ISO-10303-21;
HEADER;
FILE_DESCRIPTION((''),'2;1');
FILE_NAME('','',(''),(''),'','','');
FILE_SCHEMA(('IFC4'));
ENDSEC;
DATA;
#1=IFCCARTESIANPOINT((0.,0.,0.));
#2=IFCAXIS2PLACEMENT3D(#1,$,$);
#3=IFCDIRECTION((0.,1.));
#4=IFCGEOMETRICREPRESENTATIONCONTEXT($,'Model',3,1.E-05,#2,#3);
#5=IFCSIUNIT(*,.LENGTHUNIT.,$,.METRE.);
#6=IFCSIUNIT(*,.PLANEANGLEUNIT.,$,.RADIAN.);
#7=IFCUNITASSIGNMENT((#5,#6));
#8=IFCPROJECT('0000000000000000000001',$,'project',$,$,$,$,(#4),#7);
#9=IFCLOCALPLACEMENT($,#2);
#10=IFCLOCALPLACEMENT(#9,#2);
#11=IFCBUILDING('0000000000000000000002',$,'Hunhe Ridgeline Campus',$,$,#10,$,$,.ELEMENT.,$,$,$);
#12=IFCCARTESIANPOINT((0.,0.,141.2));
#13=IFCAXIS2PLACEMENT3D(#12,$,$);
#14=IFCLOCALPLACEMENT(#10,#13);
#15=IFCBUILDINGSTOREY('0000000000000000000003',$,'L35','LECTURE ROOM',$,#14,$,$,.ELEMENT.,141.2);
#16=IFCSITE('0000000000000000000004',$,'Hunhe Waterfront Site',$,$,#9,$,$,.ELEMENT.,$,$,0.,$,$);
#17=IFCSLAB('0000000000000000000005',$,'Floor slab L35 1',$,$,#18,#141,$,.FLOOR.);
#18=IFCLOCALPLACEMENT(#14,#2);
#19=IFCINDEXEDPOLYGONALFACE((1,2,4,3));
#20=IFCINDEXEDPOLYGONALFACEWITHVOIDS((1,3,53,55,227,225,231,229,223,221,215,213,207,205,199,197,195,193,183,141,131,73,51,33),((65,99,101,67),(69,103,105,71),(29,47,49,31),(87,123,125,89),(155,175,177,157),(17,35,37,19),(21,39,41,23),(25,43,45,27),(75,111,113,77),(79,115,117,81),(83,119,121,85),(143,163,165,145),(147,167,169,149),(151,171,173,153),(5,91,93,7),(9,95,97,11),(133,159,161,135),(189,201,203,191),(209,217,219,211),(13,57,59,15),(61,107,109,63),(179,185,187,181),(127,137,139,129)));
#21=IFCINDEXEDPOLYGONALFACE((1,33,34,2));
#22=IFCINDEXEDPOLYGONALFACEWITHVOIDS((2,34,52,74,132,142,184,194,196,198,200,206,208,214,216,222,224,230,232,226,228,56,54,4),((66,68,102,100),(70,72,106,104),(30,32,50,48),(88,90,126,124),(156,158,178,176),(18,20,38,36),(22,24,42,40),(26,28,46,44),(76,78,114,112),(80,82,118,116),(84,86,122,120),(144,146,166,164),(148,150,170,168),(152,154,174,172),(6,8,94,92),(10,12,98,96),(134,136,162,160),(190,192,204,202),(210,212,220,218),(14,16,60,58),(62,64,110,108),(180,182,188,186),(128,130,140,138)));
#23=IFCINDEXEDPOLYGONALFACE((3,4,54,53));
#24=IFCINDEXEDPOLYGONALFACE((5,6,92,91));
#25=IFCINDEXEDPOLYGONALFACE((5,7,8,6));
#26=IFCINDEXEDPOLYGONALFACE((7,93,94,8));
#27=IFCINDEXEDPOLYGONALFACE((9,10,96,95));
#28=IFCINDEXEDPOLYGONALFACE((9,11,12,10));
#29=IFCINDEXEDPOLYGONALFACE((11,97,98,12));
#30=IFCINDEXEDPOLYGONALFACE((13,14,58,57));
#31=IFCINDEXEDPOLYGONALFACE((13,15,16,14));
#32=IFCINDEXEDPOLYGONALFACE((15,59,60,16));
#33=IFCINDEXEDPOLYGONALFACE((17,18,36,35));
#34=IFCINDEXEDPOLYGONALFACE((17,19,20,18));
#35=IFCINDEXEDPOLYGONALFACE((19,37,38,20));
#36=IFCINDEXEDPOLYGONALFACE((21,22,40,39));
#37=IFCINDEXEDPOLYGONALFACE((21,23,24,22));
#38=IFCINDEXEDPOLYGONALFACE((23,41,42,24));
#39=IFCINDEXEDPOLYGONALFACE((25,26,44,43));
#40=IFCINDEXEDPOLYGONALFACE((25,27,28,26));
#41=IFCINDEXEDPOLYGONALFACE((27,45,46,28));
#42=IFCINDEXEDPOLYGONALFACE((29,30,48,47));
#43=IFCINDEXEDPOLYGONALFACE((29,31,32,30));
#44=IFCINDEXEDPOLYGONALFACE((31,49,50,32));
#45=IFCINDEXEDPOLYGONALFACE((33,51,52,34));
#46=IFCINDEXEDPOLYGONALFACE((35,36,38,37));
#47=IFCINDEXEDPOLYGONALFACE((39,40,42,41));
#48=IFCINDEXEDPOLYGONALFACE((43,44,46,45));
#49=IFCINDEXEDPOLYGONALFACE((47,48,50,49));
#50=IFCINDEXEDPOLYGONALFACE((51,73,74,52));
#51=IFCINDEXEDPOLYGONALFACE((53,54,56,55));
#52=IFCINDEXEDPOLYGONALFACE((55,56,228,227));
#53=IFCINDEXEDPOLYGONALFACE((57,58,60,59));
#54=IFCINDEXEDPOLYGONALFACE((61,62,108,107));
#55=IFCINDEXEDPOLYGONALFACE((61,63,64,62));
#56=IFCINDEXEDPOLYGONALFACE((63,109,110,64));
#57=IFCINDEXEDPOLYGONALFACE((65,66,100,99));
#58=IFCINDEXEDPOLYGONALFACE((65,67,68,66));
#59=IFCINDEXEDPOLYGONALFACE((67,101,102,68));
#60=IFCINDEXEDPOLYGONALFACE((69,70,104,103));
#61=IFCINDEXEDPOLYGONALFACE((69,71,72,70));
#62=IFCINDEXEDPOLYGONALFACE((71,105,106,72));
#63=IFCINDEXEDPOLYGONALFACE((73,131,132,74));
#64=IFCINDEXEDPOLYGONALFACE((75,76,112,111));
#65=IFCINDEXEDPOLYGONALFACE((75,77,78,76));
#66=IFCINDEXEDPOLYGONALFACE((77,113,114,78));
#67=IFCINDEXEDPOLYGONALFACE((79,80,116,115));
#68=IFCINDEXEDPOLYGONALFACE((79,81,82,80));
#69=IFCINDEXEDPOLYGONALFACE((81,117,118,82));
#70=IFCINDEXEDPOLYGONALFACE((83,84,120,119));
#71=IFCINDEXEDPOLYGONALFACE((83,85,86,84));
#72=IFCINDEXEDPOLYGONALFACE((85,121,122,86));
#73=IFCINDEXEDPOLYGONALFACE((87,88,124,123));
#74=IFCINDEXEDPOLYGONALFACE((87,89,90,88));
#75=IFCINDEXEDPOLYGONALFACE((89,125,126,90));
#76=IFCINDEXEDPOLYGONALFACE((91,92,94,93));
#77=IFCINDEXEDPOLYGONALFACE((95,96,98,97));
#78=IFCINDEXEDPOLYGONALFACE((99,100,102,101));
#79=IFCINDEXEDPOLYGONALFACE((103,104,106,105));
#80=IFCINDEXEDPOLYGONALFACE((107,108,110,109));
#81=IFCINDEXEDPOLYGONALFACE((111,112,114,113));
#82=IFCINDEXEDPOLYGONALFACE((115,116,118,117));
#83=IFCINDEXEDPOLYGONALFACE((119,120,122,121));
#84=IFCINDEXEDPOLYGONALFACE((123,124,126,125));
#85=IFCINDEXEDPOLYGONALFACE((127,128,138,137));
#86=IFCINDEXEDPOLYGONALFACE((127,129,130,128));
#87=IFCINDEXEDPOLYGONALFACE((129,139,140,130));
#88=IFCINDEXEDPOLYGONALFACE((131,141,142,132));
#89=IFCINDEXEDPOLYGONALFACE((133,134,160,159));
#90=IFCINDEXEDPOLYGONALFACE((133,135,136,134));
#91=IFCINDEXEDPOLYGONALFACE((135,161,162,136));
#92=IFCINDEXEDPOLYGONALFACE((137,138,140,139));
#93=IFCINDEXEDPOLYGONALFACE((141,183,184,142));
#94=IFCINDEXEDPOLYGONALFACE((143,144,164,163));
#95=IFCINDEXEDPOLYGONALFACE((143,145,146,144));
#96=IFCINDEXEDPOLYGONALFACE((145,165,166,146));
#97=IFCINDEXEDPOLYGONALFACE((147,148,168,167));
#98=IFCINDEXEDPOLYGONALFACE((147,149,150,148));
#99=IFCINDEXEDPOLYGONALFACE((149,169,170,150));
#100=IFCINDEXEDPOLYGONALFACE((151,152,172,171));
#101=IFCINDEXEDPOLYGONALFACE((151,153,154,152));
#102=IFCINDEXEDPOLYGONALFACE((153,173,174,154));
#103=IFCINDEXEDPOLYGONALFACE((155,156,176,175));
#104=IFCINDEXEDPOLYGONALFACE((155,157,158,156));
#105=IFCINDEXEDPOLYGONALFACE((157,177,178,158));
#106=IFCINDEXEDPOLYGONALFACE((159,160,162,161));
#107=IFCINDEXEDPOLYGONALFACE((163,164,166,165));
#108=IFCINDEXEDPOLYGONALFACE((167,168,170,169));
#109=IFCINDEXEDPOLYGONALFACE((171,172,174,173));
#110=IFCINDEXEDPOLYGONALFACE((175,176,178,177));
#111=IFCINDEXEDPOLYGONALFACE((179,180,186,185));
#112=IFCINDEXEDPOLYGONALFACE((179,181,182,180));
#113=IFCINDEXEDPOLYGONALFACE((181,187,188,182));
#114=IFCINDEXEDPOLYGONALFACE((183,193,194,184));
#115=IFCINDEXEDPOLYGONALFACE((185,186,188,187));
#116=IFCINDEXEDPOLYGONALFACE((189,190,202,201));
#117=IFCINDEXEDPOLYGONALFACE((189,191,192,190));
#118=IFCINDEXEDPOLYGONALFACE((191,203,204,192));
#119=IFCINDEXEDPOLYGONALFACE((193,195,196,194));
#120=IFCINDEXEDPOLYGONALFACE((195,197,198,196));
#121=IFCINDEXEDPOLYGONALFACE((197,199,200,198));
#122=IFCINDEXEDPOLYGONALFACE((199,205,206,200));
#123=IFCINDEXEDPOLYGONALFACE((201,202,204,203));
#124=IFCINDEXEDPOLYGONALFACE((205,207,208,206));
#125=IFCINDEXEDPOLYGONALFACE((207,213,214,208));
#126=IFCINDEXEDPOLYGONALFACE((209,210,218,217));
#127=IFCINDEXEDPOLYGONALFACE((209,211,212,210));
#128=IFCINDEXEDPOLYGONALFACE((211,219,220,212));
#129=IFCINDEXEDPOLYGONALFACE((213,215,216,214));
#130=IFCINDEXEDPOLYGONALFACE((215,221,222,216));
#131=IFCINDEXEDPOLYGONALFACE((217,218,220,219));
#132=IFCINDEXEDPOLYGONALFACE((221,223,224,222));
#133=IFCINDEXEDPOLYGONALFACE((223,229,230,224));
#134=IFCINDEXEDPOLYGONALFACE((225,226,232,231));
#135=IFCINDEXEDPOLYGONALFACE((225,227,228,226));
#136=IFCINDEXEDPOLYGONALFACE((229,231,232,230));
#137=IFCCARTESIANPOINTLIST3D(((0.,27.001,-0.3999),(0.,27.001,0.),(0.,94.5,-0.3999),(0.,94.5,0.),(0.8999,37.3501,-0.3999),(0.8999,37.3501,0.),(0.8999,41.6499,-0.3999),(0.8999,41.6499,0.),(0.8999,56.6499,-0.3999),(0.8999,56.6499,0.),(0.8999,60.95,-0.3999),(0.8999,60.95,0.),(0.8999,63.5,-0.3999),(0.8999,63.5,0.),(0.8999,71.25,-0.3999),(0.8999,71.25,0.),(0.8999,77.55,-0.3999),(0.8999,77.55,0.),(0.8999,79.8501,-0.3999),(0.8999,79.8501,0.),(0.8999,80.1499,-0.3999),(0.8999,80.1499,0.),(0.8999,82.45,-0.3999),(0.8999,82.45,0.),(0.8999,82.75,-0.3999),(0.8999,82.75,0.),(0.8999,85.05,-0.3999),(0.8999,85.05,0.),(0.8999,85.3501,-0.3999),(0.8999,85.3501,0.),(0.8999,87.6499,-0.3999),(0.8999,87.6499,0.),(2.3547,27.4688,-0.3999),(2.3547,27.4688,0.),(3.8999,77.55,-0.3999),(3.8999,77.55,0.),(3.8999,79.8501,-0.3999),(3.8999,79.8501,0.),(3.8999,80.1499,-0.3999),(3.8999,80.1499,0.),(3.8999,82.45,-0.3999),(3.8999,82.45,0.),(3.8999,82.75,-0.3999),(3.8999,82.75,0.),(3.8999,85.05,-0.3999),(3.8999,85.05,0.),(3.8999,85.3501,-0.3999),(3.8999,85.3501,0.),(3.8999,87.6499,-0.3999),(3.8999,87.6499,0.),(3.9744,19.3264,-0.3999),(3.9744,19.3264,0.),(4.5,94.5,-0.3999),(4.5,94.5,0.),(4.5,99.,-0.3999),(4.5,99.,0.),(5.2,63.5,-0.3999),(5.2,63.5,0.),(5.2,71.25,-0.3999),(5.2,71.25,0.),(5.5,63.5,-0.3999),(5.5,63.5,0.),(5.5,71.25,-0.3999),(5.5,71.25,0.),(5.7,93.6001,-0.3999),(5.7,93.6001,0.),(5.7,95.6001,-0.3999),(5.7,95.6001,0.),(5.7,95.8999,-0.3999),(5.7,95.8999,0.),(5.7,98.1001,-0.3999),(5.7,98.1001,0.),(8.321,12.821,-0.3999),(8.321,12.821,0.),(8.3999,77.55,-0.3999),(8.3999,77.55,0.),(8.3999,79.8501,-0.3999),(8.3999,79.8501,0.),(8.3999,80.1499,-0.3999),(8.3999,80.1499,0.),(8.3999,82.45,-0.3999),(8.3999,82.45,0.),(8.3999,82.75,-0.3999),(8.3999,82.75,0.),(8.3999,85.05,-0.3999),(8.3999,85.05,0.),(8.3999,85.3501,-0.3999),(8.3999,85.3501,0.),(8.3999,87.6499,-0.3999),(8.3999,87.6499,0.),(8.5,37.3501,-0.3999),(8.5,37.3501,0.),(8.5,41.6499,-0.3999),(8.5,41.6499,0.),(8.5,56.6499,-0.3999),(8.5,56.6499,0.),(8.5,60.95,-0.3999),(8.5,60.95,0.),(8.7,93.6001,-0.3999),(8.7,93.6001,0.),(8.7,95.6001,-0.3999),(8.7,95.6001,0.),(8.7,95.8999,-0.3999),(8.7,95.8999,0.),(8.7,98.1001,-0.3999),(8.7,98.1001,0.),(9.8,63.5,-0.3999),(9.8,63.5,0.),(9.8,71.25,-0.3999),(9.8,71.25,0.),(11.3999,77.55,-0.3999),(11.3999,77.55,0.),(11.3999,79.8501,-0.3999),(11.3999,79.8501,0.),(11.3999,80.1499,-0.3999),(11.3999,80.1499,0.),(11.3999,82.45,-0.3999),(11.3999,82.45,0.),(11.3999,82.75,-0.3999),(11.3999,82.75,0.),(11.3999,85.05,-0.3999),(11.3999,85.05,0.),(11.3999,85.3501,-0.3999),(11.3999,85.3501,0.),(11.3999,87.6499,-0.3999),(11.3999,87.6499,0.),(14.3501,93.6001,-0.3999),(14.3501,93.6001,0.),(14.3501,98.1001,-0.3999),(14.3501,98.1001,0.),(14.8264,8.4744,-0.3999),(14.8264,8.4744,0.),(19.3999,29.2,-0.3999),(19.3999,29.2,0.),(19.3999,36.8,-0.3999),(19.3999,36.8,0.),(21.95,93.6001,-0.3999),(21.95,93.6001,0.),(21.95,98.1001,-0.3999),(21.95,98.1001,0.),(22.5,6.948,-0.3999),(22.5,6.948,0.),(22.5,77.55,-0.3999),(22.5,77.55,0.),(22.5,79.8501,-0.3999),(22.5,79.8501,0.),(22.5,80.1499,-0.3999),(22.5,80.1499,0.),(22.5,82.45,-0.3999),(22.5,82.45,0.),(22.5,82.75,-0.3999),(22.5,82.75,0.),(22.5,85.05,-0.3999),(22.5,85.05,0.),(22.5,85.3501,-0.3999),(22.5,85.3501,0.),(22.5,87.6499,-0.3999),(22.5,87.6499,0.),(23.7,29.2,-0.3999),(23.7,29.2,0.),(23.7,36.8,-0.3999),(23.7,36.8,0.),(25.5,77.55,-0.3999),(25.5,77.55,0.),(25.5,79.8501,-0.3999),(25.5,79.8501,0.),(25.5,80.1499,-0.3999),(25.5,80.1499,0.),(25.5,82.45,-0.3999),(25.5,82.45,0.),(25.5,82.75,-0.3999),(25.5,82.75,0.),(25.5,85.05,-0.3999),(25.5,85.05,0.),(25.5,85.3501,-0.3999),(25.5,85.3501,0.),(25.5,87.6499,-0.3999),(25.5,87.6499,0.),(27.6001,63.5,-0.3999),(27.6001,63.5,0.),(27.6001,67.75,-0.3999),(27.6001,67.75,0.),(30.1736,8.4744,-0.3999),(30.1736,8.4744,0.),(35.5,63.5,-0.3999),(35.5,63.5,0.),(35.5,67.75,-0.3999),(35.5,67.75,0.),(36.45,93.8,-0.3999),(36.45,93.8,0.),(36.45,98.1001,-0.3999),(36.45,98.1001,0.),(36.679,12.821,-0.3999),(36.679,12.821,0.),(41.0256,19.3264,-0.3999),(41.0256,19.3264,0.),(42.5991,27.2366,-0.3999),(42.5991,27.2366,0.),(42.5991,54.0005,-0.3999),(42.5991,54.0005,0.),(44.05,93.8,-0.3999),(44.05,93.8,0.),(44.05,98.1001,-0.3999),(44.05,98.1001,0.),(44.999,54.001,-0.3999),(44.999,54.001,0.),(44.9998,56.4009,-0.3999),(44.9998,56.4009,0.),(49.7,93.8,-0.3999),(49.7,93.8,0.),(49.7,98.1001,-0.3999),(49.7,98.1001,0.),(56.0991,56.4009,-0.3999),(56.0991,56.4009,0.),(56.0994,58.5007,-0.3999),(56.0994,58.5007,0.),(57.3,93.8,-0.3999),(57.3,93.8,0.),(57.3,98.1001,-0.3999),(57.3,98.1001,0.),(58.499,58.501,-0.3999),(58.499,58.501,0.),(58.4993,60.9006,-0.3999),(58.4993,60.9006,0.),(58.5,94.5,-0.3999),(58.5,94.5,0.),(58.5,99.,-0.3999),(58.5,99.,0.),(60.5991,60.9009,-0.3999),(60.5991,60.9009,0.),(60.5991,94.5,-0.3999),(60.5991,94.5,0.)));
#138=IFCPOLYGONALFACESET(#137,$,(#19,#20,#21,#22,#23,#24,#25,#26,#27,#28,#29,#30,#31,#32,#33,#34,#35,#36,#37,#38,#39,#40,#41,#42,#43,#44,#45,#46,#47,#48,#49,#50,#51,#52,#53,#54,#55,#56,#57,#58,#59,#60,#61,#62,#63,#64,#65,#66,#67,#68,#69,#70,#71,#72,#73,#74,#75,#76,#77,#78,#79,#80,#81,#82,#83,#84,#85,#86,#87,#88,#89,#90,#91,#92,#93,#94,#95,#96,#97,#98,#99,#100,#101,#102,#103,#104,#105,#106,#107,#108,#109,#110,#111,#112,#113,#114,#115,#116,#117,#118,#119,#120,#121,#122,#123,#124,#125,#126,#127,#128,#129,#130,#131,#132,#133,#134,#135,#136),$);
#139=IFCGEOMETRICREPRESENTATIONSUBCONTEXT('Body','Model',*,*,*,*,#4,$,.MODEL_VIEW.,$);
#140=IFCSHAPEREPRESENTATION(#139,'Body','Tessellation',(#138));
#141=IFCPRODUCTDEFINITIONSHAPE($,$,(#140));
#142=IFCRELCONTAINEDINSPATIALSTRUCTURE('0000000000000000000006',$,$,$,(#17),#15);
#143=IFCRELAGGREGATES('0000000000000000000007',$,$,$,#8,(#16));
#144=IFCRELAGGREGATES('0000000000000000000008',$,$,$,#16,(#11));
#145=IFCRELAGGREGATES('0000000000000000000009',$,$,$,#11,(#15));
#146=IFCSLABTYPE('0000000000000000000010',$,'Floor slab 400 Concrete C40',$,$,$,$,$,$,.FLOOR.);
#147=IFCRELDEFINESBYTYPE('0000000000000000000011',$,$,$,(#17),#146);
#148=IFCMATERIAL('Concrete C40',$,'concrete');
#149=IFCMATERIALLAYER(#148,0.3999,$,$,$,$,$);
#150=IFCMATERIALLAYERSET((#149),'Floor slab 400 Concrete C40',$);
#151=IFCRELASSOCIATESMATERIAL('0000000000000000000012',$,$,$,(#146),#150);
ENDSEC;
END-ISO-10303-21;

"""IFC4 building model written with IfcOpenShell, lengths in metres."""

from ifc_helpers import new_model, si_unit, direction, frame, origin, place, context, subcontext, project, spatial, polyline, outline, extrude, material, layer, layer_set, type_object, element, save


model = new_model("IFC4")

# Units and contexts
model_context = context("Model", 3, precision=1e-05, world=origin(), true_north=direction((0.0, 1.0)))
body_context = subcontext(model_context, "Body", "Model", "MODEL_VIEW")
ifc_project = project(units=[si_unit("LENGTHUNIT", "METRE"), si_unit("PLANEANGLEUNIT", "RADIAN")], contexts=[model_context])

# Site, building, storey
site_placement = place(None, origin())
site = spatial("IfcSite", under=ifc_project, at=site_placement, Name="Hunhe Waterfront Site", CompositionType="ELEMENT", RefElevation=0.0)
building_placement = place(site_placement, origin())
building = spatial("IfcBuilding", under=site, at=building_placement, Name="Hunhe Ridgeline Campus", CompositionType="ELEMENT")
storey_placement = place(building_placement, frame((0.0, 0.0, 141.2)))
storey = spatial("IfcBuildingStorey", under=building, at=storey_placement, Name="L35", Description="LECTURE ROOM", CompositionType="ELEMENT", Elevation=141.2)

# Slab
ifc_material_1 = material(Name="Concrete C40", Category="concrete")
ifc_layer_1 = layer(ifc_material_1, 0.3999)
ifc_layer_set_1 = layer_set([ifc_layer_1], Name="Floor slab 400 Concrete C40")
slab_type_1 = type_object("IfcSlabType", Name="Floor slab 400 Concrete C40", PredefinedType="FLOOR", material=ifc_layer_set_1)
slab_1_placement = place(storey_placement, frame((0.0, 0.0, -0.3999)))
element("IfcSlab", 1, at=slab_1_placement, inside=storey, type_object=slab_type_1, Name="Floor slab L35 1", PredefinedType="FLOOR", context=body_context, shape_type="SweptSolid", body=[
    extrude(outline(polyline([(2.3547, 27.4688), (3.9744, 19.3264), (8.321, 12.821), (14.8264, 8.4744), (22.5, 6.948), (30.1736, 8.4744), (36.679, 12.821), (41.0256, 19.3264), (42.5991, 27.2366), (42.5991, 54.0005), (44.999, 54.001), (44.9998, 56.4009), (56.0991, 56.4009), (56.0994, 58.5007), (58.499, 58.501), (58.4993, 60.9006), (60.5991, 60.9009), (60.5991, 94.5), (58.5, 94.5), (58.5, 99.0), (4.5, 99.0), (4.5, 94.5), (0.0, 94.5), (0.0, 27.001), (2.3547, 27.4688)]), holes=[polyline([(49.7, 93.8), (57.3, 93.8), (57.3, 98.1001), (49.7, 98.1001), (49.7, 93.8)]), polyline([(44.05, 93.8), (44.05, 98.1001), (36.45, 98.1001), (36.45, 93.8), (44.05, 93.8)]), polyline([(35.5, 67.75), (27.6001, 67.75), (27.6001, 63.5), (35.5, 63.5), (35.5, 67.75)]), polyline([(25.5, 82.75), (25.5, 85.05), (22.5, 85.05), (22.5, 82.75), (25.5, 82.75)]), polyline([(25.5, 82.45), (22.5, 82.45), (22.5, 80.1499), (25.5, 80.1499), (25.5, 82.45)]), polyline([(22.5, 85.3501), (25.5, 85.3501), (25.5, 87.6499), (22.5, 87.6499), (22.5, 85.3501)]), polyline([(22.5, 79.8501), (22.5, 77.55), (25.5, 77.55), (25.5, 79.8501), (22.5, 79.8501)]), polyline([(19.3999, 29.2), (23.7, 29.2), (23.7, 36.8), (19.3999, 36.8), (19.3999, 29.2)]), polyline([(21.95, 93.6001), (21.95, 98.1001), (14.3501, 98.1001), (14.3501, 93.6001), (21.95, 93.6001)]), polyline([(8.3999, 79.8501), (8.3999, 77.55), (11.3999, 77.55), (11.3999, 79.8501), (8.3999, 79.8501)]), polyline([(8.3999, 85.3501), (11.3999, 85.3501), (11.3999, 87.6499), (8.3999, 87.6499), (8.3999, 85.3501)]), polyline([(11.3999, 82.45), (8.3999, 82.45), (8.3999, 80.1499), (11.3999, 80.1499), (11.3999, 82.45)]), polyline([(11.3999, 82.75), (11.3999, 85.05), (8.3999, 85.05), (8.3999, 82.75), (11.3999, 82.75)]), polyline([(5.5, 71.25), (5.5, 63.5), (9.8, 63.5), (9.8, 71.25), (5.5, 71.25)]), polyline([(8.7, 98.1001), (5.7, 98.1001), (5.7, 95.8999), (8.7, 95.8999), (8.7, 98.1001)]), polyline([(5.7, 95.6001), (5.7, 93.6001), (8.7, 93.6001), (8.7, 95.6001), (5.7, 95.6001)]), polyline([(0.8999, 60.95), (0.8999, 56.6499), (8.5, 56.6499), (8.5, 60.95), (0.8999, 60.95)]), polyline([(0.8999, 37.3501), (8.5, 37.3501), (8.5, 41.6499), (0.8999, 41.6499), (0.8999, 37.3501)]), polyline([(0.8999, 63.5), (5.2, 63.5), (5.2, 71.25), (0.8999, 71.25), (0.8999, 63.5)]), polyline([(3.8999, 82.75), (3.8999, 85.05), (0.8999, 85.05), (0.8999, 82.75), (3.8999, 82.75)]), polyline([(3.8999, 82.45), (0.8999, 82.45), (0.8999, 80.1499), (3.8999, 80.1499), (3.8999, 82.45)]), polyline([(0.8999, 85.3501), (3.8999, 85.3501), (3.8999, 87.6499), (0.8999, 87.6499), (0.8999, 85.3501)]), polyline([(0.8999, 79.8501), (0.8999, 77.55), (3.8999, 77.55), (3.8999, 79.8501), (0.8999, 79.8501)])]), origin(), (0.0, 0.0, 1.0), 0.3999),
])

save(model, "model.ifc")
